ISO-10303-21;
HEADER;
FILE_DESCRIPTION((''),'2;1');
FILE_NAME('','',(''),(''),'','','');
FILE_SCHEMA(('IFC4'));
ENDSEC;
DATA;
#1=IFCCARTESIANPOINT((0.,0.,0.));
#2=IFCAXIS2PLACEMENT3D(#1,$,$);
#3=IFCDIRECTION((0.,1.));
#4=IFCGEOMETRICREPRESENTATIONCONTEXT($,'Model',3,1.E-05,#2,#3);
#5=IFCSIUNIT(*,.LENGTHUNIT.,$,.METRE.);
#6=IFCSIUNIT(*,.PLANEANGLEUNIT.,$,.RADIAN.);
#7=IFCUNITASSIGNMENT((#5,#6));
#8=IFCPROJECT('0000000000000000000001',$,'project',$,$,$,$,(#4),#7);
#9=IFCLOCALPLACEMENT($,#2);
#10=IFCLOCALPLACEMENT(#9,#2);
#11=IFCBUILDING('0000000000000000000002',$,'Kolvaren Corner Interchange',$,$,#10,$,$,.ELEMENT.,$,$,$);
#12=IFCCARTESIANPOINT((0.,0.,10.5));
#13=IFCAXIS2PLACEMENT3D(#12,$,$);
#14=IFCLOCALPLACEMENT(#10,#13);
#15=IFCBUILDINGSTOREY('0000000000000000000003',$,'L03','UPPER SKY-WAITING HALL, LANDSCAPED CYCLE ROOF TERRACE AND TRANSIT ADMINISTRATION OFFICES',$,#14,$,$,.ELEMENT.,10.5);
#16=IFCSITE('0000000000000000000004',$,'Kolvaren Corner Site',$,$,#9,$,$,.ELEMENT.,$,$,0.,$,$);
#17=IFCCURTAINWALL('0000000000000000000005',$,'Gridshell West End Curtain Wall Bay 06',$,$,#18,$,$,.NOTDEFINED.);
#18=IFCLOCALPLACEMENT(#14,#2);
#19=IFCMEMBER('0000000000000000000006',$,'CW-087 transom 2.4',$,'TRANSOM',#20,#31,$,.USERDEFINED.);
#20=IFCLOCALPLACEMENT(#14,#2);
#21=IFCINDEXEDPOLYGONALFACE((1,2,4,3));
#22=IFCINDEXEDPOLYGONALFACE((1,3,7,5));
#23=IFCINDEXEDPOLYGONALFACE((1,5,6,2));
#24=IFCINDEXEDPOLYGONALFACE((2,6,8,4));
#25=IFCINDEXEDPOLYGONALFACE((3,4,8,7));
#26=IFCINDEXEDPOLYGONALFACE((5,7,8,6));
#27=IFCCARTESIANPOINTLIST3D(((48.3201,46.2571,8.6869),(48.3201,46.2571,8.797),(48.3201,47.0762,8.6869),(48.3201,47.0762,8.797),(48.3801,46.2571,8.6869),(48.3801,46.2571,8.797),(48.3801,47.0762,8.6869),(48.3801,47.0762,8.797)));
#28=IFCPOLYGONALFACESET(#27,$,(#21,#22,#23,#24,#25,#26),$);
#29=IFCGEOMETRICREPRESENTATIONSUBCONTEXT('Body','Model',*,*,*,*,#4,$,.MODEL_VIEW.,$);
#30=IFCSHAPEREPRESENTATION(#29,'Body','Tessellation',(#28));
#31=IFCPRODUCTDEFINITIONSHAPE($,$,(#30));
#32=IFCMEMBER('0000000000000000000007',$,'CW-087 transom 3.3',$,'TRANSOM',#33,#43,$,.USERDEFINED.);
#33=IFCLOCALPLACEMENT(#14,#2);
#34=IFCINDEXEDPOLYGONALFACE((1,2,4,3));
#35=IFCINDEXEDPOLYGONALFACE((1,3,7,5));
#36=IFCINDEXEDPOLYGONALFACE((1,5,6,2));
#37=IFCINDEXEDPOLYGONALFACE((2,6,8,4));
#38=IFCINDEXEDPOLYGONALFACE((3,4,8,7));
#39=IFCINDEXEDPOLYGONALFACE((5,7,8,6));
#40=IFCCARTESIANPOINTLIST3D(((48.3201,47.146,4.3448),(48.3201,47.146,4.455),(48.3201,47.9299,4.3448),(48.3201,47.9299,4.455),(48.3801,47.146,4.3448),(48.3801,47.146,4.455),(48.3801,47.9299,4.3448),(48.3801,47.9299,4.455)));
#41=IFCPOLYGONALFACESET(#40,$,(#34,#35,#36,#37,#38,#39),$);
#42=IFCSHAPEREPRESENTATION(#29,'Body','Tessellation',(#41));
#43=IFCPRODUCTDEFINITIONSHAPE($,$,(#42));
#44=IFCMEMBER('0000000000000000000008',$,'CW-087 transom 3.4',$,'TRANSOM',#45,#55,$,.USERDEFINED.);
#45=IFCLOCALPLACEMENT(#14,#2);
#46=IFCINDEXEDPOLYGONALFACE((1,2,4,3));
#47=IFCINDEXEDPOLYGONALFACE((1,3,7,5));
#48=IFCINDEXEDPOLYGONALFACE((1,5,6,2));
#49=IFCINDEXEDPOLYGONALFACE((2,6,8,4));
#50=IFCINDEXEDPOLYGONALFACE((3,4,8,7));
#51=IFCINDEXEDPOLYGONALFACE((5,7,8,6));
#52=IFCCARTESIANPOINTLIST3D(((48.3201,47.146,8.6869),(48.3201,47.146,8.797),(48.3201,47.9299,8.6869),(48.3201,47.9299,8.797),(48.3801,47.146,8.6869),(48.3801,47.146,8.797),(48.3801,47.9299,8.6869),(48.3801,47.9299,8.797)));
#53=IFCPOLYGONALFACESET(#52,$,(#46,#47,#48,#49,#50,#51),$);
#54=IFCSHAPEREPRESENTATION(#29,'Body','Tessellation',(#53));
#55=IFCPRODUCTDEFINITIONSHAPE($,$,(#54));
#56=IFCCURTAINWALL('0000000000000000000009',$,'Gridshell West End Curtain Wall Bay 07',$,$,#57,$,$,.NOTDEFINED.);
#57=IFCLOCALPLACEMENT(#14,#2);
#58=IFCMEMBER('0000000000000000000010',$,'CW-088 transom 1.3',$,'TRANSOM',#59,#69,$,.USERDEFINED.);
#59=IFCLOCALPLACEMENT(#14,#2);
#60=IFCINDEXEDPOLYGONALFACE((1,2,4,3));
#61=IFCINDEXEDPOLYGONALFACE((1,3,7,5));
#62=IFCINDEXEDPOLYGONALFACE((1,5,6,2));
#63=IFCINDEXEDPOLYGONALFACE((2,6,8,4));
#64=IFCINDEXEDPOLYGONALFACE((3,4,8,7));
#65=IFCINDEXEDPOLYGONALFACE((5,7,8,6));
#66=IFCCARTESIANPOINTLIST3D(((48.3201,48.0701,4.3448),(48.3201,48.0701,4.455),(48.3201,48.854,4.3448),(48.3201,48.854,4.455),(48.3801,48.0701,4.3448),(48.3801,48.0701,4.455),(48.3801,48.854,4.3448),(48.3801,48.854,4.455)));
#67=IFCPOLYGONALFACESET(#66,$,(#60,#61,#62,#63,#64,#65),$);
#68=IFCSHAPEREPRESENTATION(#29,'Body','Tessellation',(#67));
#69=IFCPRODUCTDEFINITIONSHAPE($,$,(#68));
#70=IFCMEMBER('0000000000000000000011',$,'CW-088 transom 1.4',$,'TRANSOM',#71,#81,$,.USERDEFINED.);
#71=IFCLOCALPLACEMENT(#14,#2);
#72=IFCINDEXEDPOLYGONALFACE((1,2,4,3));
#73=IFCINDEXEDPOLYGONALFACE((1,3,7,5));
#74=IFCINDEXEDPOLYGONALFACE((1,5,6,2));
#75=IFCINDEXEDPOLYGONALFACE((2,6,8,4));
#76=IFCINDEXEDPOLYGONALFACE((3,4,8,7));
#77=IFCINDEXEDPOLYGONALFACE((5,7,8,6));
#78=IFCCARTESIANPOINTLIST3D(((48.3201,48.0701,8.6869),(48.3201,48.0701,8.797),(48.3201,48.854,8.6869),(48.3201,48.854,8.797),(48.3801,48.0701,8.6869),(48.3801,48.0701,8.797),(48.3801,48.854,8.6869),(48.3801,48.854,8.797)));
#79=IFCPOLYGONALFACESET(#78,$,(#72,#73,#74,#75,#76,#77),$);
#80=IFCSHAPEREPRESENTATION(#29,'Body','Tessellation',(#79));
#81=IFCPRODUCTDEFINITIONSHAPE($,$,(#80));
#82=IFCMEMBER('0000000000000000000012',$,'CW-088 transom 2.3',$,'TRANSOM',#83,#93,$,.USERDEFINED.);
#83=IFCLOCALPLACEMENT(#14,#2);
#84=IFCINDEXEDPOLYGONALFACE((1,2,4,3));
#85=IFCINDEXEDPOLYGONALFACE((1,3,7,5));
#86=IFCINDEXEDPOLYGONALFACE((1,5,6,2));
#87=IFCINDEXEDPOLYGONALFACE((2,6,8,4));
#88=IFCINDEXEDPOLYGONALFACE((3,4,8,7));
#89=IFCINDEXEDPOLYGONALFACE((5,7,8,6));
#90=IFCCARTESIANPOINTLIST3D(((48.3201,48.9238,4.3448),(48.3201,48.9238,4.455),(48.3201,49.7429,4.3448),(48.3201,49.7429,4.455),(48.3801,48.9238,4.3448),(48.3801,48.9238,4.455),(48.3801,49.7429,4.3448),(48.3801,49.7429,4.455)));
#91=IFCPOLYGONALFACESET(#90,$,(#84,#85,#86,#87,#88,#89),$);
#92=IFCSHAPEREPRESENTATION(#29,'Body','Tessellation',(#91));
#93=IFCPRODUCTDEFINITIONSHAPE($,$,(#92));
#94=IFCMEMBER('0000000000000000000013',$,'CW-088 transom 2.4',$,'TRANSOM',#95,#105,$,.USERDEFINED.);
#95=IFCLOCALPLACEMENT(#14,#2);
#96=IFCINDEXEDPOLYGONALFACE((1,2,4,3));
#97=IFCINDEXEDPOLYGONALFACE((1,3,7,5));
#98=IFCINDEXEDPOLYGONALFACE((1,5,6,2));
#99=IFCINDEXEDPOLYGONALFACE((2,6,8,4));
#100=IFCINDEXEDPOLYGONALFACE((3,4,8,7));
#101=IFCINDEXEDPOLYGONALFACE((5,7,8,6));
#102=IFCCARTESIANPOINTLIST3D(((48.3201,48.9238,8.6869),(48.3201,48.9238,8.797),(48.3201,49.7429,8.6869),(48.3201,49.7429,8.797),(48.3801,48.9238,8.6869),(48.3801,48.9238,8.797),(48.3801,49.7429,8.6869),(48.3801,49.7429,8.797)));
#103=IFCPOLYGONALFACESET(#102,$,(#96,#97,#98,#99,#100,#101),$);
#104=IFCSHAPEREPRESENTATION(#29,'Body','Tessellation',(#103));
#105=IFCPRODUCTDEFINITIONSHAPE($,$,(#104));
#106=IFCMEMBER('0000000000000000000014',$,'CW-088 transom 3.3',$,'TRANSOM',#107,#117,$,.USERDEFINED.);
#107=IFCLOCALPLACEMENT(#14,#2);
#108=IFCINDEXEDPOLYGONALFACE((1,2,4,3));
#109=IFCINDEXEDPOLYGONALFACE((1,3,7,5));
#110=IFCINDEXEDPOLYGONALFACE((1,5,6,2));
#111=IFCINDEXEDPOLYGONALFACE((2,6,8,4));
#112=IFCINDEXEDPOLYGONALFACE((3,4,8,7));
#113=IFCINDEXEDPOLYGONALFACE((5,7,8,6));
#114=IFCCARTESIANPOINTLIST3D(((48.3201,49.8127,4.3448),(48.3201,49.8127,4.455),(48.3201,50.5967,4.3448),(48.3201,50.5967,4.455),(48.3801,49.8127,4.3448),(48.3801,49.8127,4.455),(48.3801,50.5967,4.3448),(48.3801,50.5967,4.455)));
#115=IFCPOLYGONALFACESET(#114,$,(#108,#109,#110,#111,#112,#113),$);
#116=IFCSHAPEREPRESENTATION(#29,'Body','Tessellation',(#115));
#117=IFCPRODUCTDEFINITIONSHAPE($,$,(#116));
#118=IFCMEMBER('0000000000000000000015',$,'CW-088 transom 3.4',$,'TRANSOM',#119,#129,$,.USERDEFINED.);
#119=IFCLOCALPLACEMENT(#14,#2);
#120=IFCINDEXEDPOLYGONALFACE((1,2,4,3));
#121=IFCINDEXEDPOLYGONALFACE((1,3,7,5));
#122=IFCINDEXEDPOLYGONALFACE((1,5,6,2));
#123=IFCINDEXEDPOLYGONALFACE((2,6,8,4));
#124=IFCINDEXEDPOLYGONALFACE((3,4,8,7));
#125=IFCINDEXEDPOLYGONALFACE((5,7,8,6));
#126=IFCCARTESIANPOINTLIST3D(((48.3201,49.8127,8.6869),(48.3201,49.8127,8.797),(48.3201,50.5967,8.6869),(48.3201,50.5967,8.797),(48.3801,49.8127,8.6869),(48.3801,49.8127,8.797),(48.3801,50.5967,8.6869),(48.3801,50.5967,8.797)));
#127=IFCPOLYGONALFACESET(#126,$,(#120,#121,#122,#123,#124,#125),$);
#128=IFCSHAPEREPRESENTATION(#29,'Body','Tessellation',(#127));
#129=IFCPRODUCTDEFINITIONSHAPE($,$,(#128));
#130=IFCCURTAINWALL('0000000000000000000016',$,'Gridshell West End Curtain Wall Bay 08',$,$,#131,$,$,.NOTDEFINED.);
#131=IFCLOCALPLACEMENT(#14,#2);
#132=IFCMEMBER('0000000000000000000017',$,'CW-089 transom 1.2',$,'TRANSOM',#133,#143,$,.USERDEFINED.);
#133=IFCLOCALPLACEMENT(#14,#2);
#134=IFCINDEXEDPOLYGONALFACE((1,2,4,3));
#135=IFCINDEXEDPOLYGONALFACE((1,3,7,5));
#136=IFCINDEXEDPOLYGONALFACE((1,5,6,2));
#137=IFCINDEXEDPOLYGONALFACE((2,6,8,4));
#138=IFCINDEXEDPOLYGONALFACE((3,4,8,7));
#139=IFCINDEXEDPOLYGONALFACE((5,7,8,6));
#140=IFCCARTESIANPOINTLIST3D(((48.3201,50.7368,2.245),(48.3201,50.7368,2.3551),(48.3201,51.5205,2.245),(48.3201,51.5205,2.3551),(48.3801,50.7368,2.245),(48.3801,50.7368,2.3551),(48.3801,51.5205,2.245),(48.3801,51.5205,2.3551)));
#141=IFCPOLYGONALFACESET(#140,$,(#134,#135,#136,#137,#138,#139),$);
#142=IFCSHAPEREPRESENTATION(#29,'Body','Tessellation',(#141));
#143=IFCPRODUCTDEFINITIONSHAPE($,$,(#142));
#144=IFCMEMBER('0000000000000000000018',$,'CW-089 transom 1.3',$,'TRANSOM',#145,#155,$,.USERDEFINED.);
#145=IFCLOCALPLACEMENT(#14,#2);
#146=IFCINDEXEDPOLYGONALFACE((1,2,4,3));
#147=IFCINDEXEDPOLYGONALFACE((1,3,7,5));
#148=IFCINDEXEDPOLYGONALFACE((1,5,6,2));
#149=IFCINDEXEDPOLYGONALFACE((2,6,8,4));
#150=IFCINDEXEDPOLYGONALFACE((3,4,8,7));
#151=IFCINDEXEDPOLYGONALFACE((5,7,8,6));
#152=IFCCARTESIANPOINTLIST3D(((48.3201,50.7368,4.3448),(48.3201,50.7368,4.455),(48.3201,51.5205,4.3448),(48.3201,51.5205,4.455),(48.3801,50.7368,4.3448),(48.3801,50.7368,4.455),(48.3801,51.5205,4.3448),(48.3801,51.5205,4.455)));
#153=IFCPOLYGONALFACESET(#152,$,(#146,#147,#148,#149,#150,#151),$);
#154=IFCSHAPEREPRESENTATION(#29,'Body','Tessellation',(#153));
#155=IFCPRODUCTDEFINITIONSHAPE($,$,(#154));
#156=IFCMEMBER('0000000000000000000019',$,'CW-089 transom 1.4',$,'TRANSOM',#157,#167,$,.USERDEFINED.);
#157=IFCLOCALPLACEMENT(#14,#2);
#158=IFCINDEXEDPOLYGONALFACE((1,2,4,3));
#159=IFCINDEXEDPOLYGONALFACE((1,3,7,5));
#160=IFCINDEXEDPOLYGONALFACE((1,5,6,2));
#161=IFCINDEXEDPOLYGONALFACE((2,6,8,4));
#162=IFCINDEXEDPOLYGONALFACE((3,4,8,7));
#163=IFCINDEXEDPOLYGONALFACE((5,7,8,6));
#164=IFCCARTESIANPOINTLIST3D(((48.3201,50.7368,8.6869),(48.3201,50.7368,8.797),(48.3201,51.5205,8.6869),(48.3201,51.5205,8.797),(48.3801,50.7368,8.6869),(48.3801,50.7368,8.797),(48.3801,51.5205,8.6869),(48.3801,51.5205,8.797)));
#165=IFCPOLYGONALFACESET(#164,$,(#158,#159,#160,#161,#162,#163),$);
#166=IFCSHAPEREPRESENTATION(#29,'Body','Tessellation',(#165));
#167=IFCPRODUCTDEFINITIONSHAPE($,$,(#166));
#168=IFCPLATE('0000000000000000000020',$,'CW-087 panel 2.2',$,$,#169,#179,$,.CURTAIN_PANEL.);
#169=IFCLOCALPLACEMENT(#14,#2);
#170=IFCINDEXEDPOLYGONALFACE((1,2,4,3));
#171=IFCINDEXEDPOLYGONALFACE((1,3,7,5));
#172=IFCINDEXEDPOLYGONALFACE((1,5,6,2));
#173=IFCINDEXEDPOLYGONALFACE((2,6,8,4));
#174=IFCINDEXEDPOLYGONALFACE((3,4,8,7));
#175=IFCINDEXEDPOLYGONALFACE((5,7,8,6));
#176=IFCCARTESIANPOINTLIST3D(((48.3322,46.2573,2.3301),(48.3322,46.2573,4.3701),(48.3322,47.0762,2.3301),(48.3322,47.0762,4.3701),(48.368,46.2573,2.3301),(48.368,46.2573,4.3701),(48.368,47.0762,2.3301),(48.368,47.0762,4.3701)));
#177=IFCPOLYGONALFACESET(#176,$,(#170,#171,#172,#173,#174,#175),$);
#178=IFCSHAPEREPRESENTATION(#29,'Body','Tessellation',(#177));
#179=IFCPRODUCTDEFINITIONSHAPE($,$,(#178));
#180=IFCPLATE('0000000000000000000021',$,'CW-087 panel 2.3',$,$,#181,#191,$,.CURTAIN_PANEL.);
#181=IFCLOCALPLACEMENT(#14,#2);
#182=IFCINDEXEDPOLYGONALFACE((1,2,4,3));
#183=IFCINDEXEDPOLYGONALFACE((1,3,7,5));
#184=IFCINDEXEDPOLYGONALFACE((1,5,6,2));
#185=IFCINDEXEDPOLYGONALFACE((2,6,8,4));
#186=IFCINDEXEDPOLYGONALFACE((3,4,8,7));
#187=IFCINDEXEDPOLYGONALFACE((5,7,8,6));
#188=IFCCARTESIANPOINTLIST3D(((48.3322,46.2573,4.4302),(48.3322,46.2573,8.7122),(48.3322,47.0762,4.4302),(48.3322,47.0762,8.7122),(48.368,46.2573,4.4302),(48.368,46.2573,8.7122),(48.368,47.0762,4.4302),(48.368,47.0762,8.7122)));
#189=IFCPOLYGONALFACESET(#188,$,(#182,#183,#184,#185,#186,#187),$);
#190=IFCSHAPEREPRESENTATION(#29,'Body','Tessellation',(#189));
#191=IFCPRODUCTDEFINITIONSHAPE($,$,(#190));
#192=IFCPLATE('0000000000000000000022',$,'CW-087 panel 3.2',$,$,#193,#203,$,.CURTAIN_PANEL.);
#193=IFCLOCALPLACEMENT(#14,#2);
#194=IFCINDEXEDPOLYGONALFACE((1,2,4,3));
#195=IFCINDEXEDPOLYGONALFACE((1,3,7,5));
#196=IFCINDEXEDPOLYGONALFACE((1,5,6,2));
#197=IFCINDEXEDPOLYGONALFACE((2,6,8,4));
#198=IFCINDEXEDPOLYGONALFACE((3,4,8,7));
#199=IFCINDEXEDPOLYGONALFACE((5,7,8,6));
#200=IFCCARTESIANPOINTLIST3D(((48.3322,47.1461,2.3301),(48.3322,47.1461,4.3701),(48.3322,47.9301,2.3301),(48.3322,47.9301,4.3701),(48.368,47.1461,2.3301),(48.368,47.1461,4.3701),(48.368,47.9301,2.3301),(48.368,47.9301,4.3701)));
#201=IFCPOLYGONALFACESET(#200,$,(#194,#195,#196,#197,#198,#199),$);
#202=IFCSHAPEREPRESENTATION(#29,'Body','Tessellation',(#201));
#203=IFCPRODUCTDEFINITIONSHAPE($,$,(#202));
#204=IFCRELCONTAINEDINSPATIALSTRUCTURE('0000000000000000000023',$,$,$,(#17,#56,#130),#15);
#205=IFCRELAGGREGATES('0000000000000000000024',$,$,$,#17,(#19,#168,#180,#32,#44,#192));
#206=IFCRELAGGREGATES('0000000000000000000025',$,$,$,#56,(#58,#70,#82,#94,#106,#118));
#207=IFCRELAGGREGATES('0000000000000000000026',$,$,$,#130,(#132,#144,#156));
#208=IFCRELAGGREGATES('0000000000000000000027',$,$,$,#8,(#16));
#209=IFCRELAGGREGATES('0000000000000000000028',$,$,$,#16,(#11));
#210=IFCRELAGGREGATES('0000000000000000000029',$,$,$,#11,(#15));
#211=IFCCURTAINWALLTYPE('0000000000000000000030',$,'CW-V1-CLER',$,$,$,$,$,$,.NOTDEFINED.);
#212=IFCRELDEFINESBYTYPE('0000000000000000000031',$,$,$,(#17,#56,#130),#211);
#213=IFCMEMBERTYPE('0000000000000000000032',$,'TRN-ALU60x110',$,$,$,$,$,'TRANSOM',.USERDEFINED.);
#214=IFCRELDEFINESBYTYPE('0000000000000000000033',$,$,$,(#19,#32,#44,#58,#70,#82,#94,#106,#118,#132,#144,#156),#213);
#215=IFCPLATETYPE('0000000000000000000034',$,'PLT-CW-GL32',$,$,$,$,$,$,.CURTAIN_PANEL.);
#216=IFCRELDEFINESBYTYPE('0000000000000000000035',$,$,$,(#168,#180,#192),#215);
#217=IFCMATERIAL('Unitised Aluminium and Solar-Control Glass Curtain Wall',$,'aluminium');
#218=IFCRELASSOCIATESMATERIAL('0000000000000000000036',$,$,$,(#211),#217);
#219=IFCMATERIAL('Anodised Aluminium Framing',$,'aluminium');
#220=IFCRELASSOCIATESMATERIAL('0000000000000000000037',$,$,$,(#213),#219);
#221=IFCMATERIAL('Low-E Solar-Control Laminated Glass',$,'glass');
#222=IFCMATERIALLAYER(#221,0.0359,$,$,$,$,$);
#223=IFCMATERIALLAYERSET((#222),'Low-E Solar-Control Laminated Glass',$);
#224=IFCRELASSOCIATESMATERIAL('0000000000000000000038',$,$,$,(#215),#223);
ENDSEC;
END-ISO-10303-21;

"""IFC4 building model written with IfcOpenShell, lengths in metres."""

from ifc_helpers import new_model, si_unit, direction, frame, origin, origin_2d, place, context, subcontext, project, spatial, rectangle, extrude, material, layer, layer_set, material_profile, profile_set, type_object, element, aggregate, save


model = new_model("IFC4")

# Units and contexts
model_context = context("Model", 3, precision=1e-05, world=origin(), true_north=direction((0.0, 1.0)))
body_context = subcontext(model_context, "Body", "Model", "MODEL_VIEW")
ifc_project = project(units=[si_unit("LENGTHUNIT", "METRE"), si_unit("PLANEANGLEUNIT", "RADIAN")], contexts=[model_context])

# Site, building, storey
site_placement = place(None, origin())
site = spatial("IfcSite", under=ifc_project, at=site_placement, Name="Kolvaren Corner Site", CompositionType="ELEMENT", RefElevation=0.0)
building_placement = place(site_placement, origin())
building = spatial("IfcBuilding", under=site, at=building_placement, Name="Kolvaren Corner Interchange", CompositionType="ELEMENT")
storey_placement = place(building_placement, frame((0.0, 0.0, 10.5)))
storey = spatial("IfcBuildingStorey", under=building, at=storey_placement, Name="L03", Description="UPPER SKY-WAITING HALL, LANDSCAPED CYCLE ROOF TERRACE AND TRANSIT ADMINISTRATION OFFICES", CompositionType="ELEMENT", Elevation=10.5)

# Curtain walls, members
ifc_material_1 = material(Name="Unitised Aluminium and Solar-Control Glass Curtain Wall", Category="aluminium")
curtain_wall_type = type_object("IfcCurtainWallType", Name="CW-V1-CLER", PredefinedType="NOTDEFINED", material=ifc_material_1)
curtain_wall_1_placement = place(storey_placement, origin())
curtain_wall_1 = element("IfcCurtainWall", 1, at=curtain_wall_1_placement, inside=storey, type_object=curtain_wall_type, Name="Gridshell West End Curtain Wall Bay 06", PredefinedType="NOTDEFINED")
ifc_material_2 = material(Name="Anodised Aluminium Framing", Category="aluminium")
ifc_material_profile = material_profile(ifc_material_2, rectangle(XDim=0.0601, YDim=0.1101, at=origin_2d()), Name="ALU 60x110")
ifc_profile_set = profile_set([ifc_material_profile], Name="Anodised Aluminium Framing")
member_type = type_object("IfcMemberType", Name="TRN-ALU60x110", ElementType="TRANSOM", PredefinedType="USERDEFINED", material=ifc_profile_set)
member_1_placement = place(storey_placement, frame((48.3501, 46.2571, 8.7419), z_axis=(0.0, 1.0, 0.0), x_axis=(-1.0, 0.0, 0.0)))
member_1 = element("IfcMember", 2, at=member_1_placement, type_object=member_type, Name="CW-087 transom 2.4", ObjectType="TRANSOM", PredefinedType="USERDEFINED", context=body_context, shape_type="SweptSolid", body=[
    extrude(rectangle(XDim=0.0601, YDim=0.1101, at=origin_2d()), origin(), (0.0, 0.0, 1.0), 0.8191),
])
member_2_placement = place(storey_placement, frame((48.3501, 47.146, 4.3999), z_axis=(0.0, 1.0, 0.0), x_axis=(-1.0, 0.0, 0.0)))
member_2 = element("IfcMember", 3, at=member_2_placement, type_object=member_type, Name="CW-087 transom 3.3", ObjectType="TRANSOM", PredefinedType="USERDEFINED", context=body_context, shape_type="SweptSolid", body=[
    extrude(rectangle(XDim=0.0601, YDim=0.1101, at=origin_2d()), origin(), (0.0, 0.0, 1.0), 0.7839),
])
member_3_placement = place(storey_placement, frame((48.3501, 47.146, 8.7419), z_axis=(0.0, 1.0, 0.0), x_axis=(-1.0, 0.0, 0.0)))
member_3 = element("IfcMember", 4, at=member_3_placement, type_object=member_type, Name="CW-087 transom 3.4", ObjectType="TRANSOM", PredefinedType="USERDEFINED", context=body_context, shape_type="SweptSolid", body=[
    extrude(rectangle(XDim=0.0601, YDim=0.1101, at=origin_2d()), origin(), (0.0, 0.0, 1.0), 0.7839),
])
curtain_wall_2_placement = place(storey_placement, origin())
curtain_wall_2 = element("IfcCurtainWall", 5, at=curtain_wall_2_placement, inside=storey, type_object=curtain_wall_type, Name="Gridshell West End Curtain Wall Bay 07", PredefinedType="NOTDEFINED")
member_4_placement = place(storey_placement, frame((48.3501, 48.0701, 4.3999), z_axis=(0.0, 1.0, 0.0), x_axis=(-1.0, 0.0, 0.0)))
member_4 = element("IfcMember", 6, at=member_4_placement, type_object=member_type, Name="CW-088 transom 1.3", ObjectType="TRANSOM", PredefinedType="USERDEFINED", context=body_context, shape_type="SweptSolid", body=[
    extrude(rectangle(XDim=0.0601, YDim=0.1101, at=origin_2d()), origin(), (0.0, 0.0, 1.0), 0.7839),
])
member_5_placement = place(storey_placement, frame((48.3501, 48.0701, 8.7419), z_axis=(0.0, 1.0, 0.0), x_axis=(-1.0, 0.0, 0.0)))
member_5 = element("IfcMember", 7, at=member_5_placement, type_object=member_type, Name="CW-088 transom 1.4", ObjectType="TRANSOM", PredefinedType="USERDEFINED", context=body_context, shape_type="SweptSolid", body=[
    extrude(rectangle(XDim=0.0601, YDim=0.1101, at=origin_2d()), origin(), (0.0, 0.0, 1.0), 0.7839),
])
member_6_placement = place(storey_placement, frame((48.3501, 48.9238, 4.3999), z_axis=(0.0, 1.0, 0.0), x_axis=(-1.0, 0.0, 0.0)))
member_6 = element("IfcMember", 8, at=member_6_placement, type_object=member_type, Name="CW-088 transom 2.3", ObjectType="TRANSOM", PredefinedType="USERDEFINED", context=body_context, shape_type="SweptSolid", body=[
    extrude(rectangle(XDim=0.0601, YDim=0.1101, at=origin_2d()), origin(), (0.0, 0.0, 1.0), 0.8191),
])
member_7_placement = place(storey_placement, frame((48.3501, 48.9238, 8.7419), z_axis=(0.0, 1.0, 0.0), x_axis=(-1.0, 0.0, 0.0)))
member_7 = element("IfcMember", 9, at=member_7_placement, type_object=member_type, Name="CW-088 transom 2.4", ObjectType="TRANSOM", PredefinedType="USERDEFINED", context=body_context, shape_type="SweptSolid", body=[
    extrude(rectangle(XDim=0.0601, YDim=0.1101, at=origin_2d()), origin(), (0.0, 0.0, 1.0), 0.8191),
])
member_8_placement = place(storey_placement, frame((48.3501, 49.8127, 4.3999), z_axis=(0.0, 1.0, 0.0), x_axis=(-1.0, 0.0, 0.0)))
member_8 = element("IfcMember", 10, at=member_8_placement, type_object=member_type, Name="CW-088 transom 3.3", ObjectType="TRANSOM", PredefinedType="USERDEFINED", context=body_context, shape_type="SweptSolid", body=[
    extrude(rectangle(XDim=0.0601, YDim=0.1101, at=origin_2d()), origin(), (0.0, 0.0, 1.0), 0.7839),
])
member_9_placement = place(storey_placement, frame((48.3501, 49.8127, 8.7419), z_axis=(0.0, 1.0, 0.0), x_axis=(-1.0, 0.0, 0.0)))
member_9 = element("IfcMember", 11, at=member_9_placement, type_object=member_type, Name="CW-088 transom 3.4", ObjectType="TRANSOM", PredefinedType="USERDEFINED", context=body_context, shape_type="SweptSolid", body=[
    extrude(rectangle(XDim=0.0601, YDim=0.1101, at=origin_2d()), origin(), (0.0, 0.0, 1.0), 0.7839),
])
curtain_wall_3_placement = place(storey_placement, origin())
curtain_wall_3 = element("IfcCurtainWall", 12, at=curtain_wall_3_placement, inside=storey, type_object=curtain_wall_type, Name="Gridshell West End Curtain Wall Bay 08", PredefinedType="NOTDEFINED")
member_10_placement = place(storey_placement, frame((48.3501, 50.7368, 2.3), z_axis=(0.0, 1.0, 0.0), x_axis=(-1.0, 0.0, 0.0)))
member_10 = element("IfcMember", 13, at=member_10_placement, type_object=member_type, Name="CW-089 transom 1.2", ObjectType="TRANSOM", PredefinedType="USERDEFINED", context=body_context, shape_type="SweptSolid", body=[
    extrude(rectangle(XDim=0.0601, YDim=0.1101, at=origin_2d()), origin(), (0.0, 0.0, 1.0), 0.7837),
])
member_11_placement = place(storey_placement, frame((48.3501, 50.7368, 4.3999), z_axis=(0.0, 1.0, 0.0), x_axis=(-1.0, 0.0, 0.0)))
member_11 = element("IfcMember", 14, at=member_11_placement, type_object=member_type, Name="CW-089 transom 1.3", ObjectType="TRANSOM", PredefinedType="USERDEFINED", context=body_context, shape_type="SweptSolid", body=[
    extrude(rectangle(XDim=0.0601, YDim=0.1101, at=origin_2d()), origin(), (0.0, 0.0, 1.0), 0.7837),
])
member_12_placement = place(storey_placement, frame((48.3501, 50.7368, 8.7419), z_axis=(0.0, 1.0, 0.0), x_axis=(-1.0, 0.0, 0.0)))
member_12 = element("IfcMember", 15, at=member_12_placement, type_object=member_type, Name="CW-089 transom 1.4", ObjectType="TRANSOM", PredefinedType="USERDEFINED", context=body_context, shape_type="SweptSolid", body=[
    extrude(rectangle(XDim=0.0601, YDim=0.1101, at=origin_2d()), origin(), (0.0, 0.0, 1.0), 0.7837),
])

# Plates
ifc_material_3 = material(Name="Low-E Solar-Control Laminated Glass", Category="glass")
ifc_layer = layer(ifc_material_3, 0.0359)
ifc_layer_set = layer_set([ifc_layer], Name="Low-E Solar-Control Laminated Glass")
plate_type = type_object("IfcPlateType", Name="PLT-CW-GL32", PredefinedType="CURTAIN_PANEL", material=ifc_layer_set)
plate_1_placement = place(storey_placement, frame((48.3501, 46.6667, 2.3301), z_axis=(0.0, 0.0, 1.0), x_axis=(0.0, 1.0, 0.0)))
plate_1 = element("IfcPlate", 16, at=plate_1_placement, type_object=plate_type, Name="CW-087 panel 2.2", PredefinedType="CURTAIN_PANEL", context=body_context, shape_type="SweptSolid", body=[
    extrude(rectangle(XDim=0.8188, YDim=0.0359, at=origin_2d()), origin(), (0.0, 0.0, 1.0), 2.04),
])
plate_2_placement = place(storey_placement, frame((48.3501, 46.6667, 4.4302), z_axis=(0.0, 0.0, 1.0), x_axis=(0.0, 1.0, 0.0)))
plate_2 = element("IfcPlate", 17, at=plate_2_placement, type_object=plate_type, Name="CW-087 panel 2.3", PredefinedType="CURTAIN_PANEL", context=body_context, shape_type="SweptSolid", body=[
    extrude(rectangle(XDim=0.8188, YDim=0.0359, at=origin_2d()), origin(), (0.0, 0.0, 1.0), 4.282),
])
plate_3_placement = place(storey_placement, frame((48.3501, 47.5381, 2.3301), z_axis=(0.0, 0.0, 1.0), x_axis=(0.0, 1.0, 0.0)))
plate_3 = element("IfcPlate", 18, at=plate_3_placement, type_object=plate_type, Name="CW-087 panel 3.2", PredefinedType="CURTAIN_PANEL", context=body_context, shape_type="SweptSolid", body=[
    extrude(rectangle(XDim=0.7839, YDim=0.0359, at=origin_2d()), origin(), (0.0, 0.0, 1.0), 2.04),
])
aggregate(curtain_wall_1, [member_1, plate_1, plate_2, member_2, member_3, plate_3])
aggregate(curtain_wall_2, [member_4, member_5, member_6, member_7, member_8, member_9])
aggregate(curtain_wall_3, [member_10, member_11, member_12])

save(model, "model.ifc")
